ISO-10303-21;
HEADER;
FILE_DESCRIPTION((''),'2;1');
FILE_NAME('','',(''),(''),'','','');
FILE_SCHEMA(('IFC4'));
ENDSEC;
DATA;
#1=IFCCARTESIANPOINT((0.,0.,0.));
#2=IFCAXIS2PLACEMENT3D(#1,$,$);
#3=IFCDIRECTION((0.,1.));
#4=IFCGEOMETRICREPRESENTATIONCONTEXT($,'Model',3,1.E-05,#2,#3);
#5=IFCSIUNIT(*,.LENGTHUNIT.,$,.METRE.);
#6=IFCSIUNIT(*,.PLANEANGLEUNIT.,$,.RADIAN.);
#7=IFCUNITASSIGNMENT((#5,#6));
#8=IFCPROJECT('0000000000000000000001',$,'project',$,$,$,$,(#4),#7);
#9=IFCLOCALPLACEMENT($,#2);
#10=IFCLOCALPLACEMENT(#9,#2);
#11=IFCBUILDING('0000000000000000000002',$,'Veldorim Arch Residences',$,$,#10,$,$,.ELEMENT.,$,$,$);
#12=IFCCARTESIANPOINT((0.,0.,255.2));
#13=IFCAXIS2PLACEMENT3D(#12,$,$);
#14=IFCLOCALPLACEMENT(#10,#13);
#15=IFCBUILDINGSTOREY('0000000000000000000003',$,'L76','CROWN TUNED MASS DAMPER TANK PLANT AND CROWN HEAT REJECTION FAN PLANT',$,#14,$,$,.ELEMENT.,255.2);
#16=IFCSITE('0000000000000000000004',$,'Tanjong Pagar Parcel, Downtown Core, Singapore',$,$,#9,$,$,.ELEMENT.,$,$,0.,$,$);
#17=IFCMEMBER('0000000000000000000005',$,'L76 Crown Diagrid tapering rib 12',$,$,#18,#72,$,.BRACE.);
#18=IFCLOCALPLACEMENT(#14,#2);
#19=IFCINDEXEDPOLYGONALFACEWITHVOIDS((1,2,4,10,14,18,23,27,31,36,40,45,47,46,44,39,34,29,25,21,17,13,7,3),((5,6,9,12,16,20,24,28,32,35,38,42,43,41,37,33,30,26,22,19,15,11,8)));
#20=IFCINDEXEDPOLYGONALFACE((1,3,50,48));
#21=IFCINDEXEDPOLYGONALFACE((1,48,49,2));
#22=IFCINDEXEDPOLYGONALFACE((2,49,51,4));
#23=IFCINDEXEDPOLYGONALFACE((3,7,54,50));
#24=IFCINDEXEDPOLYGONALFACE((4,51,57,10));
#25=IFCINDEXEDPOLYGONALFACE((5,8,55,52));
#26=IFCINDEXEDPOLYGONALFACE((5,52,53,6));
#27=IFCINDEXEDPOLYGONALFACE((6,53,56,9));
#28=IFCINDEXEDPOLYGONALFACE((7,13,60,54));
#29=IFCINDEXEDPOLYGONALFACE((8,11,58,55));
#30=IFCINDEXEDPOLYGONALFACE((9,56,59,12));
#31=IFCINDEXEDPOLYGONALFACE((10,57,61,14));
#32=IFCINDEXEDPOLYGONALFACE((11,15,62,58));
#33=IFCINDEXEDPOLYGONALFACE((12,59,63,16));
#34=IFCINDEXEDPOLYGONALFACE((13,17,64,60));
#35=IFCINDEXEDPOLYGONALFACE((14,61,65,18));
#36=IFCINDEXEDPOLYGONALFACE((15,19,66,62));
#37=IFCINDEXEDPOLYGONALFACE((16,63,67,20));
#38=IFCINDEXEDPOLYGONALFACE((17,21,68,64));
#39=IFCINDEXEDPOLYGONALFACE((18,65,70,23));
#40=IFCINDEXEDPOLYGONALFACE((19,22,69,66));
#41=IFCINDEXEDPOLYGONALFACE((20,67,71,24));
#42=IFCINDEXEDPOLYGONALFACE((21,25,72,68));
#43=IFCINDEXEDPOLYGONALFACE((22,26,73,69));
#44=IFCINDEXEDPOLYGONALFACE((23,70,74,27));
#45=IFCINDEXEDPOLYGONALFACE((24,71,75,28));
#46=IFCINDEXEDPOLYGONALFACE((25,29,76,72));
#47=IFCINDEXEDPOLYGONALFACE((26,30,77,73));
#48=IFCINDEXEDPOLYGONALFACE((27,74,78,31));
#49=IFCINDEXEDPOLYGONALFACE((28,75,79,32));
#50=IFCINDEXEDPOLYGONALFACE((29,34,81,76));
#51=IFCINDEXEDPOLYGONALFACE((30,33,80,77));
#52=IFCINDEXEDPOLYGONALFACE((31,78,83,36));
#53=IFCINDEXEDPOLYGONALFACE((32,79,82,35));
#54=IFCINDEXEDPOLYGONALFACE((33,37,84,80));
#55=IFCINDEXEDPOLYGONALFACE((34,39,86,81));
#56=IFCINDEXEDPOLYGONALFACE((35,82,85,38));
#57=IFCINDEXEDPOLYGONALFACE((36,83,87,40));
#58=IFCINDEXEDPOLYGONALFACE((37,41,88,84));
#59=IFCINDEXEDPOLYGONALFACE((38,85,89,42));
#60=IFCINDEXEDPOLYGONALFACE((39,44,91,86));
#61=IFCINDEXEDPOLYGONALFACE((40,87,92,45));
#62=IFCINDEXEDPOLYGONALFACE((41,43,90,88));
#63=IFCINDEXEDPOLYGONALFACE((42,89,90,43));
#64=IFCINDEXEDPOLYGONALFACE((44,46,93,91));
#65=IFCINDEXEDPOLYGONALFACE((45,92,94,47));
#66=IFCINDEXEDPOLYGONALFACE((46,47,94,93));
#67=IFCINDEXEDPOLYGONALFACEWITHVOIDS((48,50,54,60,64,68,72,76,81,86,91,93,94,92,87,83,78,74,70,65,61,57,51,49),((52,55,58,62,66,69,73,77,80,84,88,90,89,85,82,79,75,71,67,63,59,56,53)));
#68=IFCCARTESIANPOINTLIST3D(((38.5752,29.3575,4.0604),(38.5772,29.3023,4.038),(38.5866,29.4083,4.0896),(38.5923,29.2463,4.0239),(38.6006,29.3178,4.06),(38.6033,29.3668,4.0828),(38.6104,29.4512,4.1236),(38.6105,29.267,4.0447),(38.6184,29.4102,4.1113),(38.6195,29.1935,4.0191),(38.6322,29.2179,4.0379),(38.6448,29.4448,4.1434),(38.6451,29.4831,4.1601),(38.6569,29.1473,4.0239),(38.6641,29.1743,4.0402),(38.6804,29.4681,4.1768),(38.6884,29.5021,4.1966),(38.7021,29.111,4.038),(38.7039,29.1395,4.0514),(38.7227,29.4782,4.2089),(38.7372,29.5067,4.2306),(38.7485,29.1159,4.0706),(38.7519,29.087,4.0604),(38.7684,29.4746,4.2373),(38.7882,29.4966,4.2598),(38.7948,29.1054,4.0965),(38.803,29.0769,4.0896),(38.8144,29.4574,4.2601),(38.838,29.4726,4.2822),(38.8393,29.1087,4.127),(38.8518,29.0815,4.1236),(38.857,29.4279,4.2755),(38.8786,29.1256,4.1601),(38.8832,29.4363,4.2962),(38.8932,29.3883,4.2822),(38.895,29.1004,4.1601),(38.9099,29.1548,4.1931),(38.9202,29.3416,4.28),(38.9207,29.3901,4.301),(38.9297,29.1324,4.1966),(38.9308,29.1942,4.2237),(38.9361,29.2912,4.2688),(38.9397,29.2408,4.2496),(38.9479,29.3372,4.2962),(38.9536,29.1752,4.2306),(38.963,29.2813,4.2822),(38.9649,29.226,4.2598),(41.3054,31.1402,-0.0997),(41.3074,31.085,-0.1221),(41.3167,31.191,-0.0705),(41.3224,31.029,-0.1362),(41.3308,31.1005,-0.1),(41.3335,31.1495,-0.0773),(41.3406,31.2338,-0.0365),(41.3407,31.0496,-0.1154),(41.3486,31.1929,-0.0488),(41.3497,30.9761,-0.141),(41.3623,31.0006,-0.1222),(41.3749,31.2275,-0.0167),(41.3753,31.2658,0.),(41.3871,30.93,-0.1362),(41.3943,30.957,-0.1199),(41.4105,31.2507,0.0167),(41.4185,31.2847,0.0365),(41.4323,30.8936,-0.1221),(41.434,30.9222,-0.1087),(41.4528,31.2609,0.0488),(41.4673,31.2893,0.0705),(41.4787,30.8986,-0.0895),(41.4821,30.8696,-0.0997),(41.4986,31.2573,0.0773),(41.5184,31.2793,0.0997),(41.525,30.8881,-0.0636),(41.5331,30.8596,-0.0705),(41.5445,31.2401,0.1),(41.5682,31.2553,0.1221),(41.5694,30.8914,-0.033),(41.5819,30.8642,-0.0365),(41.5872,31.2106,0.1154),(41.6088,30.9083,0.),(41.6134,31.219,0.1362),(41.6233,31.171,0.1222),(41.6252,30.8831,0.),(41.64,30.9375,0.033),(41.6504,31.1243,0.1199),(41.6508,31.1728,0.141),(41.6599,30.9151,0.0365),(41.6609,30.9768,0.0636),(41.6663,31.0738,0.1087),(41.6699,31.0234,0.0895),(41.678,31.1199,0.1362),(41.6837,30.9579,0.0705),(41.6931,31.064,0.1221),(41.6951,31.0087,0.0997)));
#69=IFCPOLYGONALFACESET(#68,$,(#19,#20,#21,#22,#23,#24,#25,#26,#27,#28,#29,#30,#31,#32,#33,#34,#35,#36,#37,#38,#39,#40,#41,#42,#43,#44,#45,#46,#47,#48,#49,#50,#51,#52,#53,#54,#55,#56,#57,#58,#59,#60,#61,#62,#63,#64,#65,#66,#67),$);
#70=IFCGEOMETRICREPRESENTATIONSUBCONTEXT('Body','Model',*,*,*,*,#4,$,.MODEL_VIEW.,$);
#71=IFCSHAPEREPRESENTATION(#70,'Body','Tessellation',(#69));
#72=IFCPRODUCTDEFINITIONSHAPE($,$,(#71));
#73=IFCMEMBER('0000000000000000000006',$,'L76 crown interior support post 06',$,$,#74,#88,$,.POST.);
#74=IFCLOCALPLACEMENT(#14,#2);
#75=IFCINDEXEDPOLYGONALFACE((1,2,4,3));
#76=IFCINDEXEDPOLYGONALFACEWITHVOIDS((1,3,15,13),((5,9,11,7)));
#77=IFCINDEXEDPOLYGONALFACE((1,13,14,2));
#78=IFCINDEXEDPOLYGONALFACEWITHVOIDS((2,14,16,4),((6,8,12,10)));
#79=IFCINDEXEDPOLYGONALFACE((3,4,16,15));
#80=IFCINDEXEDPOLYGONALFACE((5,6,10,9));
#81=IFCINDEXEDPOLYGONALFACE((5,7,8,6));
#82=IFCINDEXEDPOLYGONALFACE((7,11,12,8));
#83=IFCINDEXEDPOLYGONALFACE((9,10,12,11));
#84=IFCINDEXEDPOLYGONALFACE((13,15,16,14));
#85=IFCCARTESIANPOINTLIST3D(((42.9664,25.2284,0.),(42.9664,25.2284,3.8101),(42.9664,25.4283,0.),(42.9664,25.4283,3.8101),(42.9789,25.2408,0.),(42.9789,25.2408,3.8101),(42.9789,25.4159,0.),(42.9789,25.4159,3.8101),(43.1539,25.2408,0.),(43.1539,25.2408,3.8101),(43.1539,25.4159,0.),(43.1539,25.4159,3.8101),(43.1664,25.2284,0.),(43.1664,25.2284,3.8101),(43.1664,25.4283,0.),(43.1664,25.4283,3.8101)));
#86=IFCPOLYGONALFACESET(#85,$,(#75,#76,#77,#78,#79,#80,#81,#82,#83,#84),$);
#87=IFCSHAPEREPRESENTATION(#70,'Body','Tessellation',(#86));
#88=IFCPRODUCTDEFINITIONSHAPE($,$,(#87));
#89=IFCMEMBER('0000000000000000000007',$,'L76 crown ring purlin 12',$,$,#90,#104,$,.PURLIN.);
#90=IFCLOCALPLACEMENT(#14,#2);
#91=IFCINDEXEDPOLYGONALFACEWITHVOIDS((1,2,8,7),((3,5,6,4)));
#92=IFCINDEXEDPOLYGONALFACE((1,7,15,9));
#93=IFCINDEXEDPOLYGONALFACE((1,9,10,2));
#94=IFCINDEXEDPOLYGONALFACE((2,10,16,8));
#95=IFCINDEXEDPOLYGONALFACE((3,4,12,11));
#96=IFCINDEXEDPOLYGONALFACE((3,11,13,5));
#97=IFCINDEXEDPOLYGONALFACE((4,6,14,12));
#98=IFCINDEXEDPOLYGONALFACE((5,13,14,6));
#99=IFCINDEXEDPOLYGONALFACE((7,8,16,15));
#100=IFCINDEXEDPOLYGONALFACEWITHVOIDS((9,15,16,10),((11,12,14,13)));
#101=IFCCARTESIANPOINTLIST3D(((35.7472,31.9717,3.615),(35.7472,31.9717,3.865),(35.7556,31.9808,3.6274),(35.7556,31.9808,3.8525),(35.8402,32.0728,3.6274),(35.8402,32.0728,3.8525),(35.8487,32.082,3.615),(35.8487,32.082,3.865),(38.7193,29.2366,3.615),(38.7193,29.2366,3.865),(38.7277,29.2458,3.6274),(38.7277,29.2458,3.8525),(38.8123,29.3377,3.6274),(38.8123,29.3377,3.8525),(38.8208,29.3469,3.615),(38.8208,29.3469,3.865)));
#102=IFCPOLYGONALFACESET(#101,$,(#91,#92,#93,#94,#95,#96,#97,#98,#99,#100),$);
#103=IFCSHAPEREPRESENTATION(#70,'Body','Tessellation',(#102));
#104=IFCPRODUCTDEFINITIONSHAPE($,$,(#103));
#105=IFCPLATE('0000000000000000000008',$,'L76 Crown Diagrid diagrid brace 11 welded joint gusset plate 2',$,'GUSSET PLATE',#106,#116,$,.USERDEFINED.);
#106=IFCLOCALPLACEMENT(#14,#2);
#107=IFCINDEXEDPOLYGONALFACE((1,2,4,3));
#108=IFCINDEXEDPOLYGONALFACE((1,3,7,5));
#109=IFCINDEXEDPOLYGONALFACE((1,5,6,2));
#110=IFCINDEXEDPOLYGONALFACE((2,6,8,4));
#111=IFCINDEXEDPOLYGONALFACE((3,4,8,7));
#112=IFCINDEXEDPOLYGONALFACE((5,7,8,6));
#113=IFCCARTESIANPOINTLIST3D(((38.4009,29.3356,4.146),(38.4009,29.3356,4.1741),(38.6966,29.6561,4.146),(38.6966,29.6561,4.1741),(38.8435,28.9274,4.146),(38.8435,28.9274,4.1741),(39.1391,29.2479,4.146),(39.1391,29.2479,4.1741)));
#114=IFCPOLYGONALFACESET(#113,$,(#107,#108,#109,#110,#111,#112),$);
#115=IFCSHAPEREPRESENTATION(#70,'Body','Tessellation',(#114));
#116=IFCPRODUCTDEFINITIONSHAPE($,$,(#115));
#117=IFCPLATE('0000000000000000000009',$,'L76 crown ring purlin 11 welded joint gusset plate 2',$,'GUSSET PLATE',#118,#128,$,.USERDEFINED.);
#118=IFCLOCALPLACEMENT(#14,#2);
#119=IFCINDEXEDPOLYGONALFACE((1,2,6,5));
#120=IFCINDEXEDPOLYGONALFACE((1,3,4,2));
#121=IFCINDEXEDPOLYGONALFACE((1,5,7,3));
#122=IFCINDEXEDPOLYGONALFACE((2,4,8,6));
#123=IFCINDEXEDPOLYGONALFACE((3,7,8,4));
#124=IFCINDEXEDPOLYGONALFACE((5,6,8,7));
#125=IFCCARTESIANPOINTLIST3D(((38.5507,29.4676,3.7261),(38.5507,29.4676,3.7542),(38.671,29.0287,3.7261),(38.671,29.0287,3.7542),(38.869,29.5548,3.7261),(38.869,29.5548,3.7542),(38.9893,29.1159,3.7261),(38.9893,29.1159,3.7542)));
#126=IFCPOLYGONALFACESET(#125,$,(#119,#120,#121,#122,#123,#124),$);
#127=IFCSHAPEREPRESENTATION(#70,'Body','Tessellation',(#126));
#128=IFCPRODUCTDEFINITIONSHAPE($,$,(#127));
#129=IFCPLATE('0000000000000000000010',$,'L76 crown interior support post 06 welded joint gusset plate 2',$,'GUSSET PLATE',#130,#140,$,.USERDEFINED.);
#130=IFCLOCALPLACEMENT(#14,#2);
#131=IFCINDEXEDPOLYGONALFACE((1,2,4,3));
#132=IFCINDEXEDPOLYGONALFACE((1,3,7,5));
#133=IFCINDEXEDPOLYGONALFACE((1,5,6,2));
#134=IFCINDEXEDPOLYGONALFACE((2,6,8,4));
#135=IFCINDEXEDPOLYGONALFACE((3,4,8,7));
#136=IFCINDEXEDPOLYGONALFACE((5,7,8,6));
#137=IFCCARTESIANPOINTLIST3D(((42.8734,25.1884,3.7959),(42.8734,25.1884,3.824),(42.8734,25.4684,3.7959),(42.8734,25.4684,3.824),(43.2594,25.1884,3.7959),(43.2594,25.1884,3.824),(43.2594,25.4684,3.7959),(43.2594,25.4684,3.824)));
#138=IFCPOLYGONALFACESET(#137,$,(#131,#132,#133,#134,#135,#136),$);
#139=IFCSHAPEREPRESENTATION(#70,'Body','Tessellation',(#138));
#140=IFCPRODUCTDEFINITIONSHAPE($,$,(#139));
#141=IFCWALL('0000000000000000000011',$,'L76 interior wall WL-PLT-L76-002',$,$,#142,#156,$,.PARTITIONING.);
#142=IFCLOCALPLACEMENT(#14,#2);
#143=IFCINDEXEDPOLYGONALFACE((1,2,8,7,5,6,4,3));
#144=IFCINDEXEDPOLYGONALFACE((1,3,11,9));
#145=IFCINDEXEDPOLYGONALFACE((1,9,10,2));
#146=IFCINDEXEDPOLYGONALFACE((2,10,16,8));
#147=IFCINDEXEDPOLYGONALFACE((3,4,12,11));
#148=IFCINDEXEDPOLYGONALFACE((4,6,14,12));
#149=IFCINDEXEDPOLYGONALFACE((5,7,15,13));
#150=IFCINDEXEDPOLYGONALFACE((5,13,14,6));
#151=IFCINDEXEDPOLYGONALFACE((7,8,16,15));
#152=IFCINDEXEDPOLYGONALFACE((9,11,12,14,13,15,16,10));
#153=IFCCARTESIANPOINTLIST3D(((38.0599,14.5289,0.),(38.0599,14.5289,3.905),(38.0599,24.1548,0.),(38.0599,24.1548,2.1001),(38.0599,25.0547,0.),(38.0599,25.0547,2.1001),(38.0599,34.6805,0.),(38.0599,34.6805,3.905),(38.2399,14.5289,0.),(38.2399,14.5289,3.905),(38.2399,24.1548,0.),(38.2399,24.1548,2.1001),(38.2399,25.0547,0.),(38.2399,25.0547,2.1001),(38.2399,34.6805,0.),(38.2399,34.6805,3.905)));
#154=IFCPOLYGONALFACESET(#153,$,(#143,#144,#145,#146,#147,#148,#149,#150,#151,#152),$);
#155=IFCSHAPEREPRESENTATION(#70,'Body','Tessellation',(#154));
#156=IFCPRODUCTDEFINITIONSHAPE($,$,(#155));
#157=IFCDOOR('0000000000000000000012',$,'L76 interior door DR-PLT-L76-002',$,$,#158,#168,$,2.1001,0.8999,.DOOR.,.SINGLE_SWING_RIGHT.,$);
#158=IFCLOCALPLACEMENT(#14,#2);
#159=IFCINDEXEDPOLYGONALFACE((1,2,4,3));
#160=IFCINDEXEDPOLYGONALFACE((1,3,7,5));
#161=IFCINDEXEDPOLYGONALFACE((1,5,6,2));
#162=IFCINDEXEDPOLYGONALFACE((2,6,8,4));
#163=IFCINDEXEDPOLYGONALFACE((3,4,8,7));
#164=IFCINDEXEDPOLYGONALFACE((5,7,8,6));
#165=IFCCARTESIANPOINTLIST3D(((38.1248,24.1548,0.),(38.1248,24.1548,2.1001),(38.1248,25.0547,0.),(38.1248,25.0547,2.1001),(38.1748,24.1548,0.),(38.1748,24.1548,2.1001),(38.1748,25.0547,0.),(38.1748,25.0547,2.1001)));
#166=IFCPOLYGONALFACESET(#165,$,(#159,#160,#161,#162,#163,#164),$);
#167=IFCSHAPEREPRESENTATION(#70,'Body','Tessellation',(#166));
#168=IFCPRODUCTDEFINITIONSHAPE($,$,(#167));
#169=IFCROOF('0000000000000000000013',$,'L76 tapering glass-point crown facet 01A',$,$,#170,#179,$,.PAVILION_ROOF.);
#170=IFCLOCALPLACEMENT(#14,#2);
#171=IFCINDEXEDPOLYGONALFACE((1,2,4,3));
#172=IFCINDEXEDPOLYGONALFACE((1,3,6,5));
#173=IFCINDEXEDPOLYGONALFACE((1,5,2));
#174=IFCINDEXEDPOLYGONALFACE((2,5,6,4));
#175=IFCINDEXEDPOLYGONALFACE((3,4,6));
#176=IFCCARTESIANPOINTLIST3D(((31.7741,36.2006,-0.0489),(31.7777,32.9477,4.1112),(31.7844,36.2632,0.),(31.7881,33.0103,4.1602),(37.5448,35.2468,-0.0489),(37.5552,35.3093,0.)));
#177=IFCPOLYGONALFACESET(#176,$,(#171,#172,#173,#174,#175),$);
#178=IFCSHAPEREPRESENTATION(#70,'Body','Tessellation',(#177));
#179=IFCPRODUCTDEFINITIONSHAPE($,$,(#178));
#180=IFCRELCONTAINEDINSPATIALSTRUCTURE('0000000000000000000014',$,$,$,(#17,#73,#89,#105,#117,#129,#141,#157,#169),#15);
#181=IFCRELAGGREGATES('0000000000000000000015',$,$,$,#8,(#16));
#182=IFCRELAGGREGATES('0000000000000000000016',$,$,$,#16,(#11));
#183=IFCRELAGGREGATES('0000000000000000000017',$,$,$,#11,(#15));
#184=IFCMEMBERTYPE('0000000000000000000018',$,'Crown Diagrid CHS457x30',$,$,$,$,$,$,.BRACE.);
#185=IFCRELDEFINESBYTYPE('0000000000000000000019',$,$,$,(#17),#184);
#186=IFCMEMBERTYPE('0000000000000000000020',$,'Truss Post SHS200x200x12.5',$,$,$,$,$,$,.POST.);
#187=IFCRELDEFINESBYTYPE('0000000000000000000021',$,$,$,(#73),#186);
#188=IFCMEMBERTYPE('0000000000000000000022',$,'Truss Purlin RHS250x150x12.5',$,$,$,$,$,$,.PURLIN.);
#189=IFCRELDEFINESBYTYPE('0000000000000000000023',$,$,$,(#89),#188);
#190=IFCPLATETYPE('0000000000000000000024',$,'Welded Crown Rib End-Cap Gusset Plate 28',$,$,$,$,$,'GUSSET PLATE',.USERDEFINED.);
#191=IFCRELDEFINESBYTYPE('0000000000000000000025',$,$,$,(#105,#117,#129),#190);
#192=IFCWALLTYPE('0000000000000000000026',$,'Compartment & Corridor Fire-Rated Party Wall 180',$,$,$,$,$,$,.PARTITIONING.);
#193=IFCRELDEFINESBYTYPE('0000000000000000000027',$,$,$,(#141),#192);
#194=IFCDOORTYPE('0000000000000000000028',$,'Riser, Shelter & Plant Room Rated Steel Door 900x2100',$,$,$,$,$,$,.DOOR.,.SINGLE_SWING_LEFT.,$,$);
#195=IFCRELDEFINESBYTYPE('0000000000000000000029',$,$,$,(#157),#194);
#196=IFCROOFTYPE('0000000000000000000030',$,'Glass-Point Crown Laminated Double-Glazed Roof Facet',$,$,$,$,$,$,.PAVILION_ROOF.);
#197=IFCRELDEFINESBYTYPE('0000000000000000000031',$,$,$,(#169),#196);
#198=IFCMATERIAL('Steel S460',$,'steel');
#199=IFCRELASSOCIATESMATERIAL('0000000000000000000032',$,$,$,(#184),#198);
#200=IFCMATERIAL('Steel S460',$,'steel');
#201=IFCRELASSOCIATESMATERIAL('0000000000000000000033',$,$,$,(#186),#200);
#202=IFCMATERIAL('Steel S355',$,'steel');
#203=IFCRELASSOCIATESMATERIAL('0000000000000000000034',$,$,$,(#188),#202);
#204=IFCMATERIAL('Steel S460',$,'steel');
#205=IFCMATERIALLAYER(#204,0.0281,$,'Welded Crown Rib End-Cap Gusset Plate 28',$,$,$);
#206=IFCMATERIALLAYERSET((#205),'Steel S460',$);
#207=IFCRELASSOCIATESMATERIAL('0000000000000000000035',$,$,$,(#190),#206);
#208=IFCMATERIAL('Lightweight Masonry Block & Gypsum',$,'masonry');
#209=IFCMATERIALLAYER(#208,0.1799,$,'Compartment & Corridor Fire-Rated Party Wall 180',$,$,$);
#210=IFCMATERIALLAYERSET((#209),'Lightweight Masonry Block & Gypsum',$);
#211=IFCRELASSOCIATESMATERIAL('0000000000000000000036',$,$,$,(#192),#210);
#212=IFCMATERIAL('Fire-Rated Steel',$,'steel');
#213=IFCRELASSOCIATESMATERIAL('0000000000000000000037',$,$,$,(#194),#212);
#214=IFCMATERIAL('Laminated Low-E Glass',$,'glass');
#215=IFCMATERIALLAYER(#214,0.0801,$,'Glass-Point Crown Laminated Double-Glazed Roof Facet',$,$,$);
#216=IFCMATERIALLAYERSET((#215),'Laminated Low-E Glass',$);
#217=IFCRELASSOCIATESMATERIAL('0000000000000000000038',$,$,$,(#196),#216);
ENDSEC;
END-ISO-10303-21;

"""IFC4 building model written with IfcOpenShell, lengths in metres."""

from ifc_helpers import new_model, si_unit, direction, frame, frame_2d, origin, origin_2d, place, context, subcontext, project, spatial, polyline, rectangle, hollow_rectangle, hollow_circle, outline, extrude, material, layer, layer_set, material_profile, profile_set, type_object, element, fill, save


model = new_model("IFC4")

# Units and contexts
model_context = context("Model", 3, precision=1e-05, world=origin(), true_north=direction((0.0, 1.0)))
body_context = subcontext(model_context, "Body", "Model", "MODEL_VIEW")
ifc_project = project(units=[si_unit("LENGTHUNIT", "METRE"), si_unit("PLANEANGLEUNIT", "RADIAN")], contexts=[model_context])

# Site, building, storey
site_placement = place(None, origin())
site = spatial("IfcSite", under=ifc_project, at=site_placement, Name="Tanjong Pagar Parcel, Downtown Core, Singapore", CompositionType="ELEMENT", RefElevation=0.0)
building_placement = place(site_placement, origin())
building = spatial("IfcBuilding", under=site, at=building_placement, Name="Veldorim Arch Residences", CompositionType="ELEMENT")
storey_placement = place(building_placement, frame((0.0, 0.0, 255.2)))
storey = spatial("IfcBuildingStorey", under=building, at=storey_placement, Name="L76", Description="CROWN TUNED MASS DAMPER TANK PLANT AND CROWN HEAT REJECTION FAN PLANT", CompositionType="ELEMENT", Elevation=255.2)

# Members
ifc_material_1 = material(Name="Steel S460", Category="steel")
ifc_material_profile_1 = material_profile(ifc_material_1, hollow_circle(Radius=0.2285, WallThickness=0.03, at=origin_2d()), Name="CHS457x30")
ifc_profile_set_1 = profile_set([ifc_material_profile_1], Name="Steel S460")
member_type_1 = type_object("IfcMemberType", Name="Crown Diagrid CHS457x30", PredefinedType="BRACE", material=ifc_profile_set_1)
member_1_placement = place(storey_placement, frame((41.5002, 31.0745, 0.0), z_axis=(-0.516526, -0.337268, 0.787052), x_axis=(0.546727, -0.837311, 0.0)))
element("IfcMember", 1, at=member_1_placement, inside=storey, type_object=member_type_1, Name="L76 Crown Diagrid tapering rib 12", PredefinedType="BRACE", context=body_context, shape_type="SweptSolid", body=[
    extrude(hollow_circle(Radius=0.2285, WallThickness=0.03, at=origin_2d()), origin(), (0.0, 0.0, 1.0), 5.2856),
])
ifc_material_2 = material(Name="Steel S460", Category="steel")
ifc_material_profile_2 = material_profile(ifc_material_2, hollow_rectangle(XDim=0.2, YDim=0.2, WallThickness=0.0125, at=origin_2d()), Name="SHS200x200x12.5")
ifc_profile_set_2 = profile_set([ifc_material_profile_2], Name="Steel S460")
member_type_2 = type_object("IfcMemberType", Name="Truss Post SHS200x200x12.5", PredefinedType="POST", material=ifc_profile_set_2)
member_2_placement = place(storey_placement, frame((43.0664, 25.3284, 0.0), z_axis=(0.0, 0.0, 1.0), x_axis=(1.0, 0.0, 0.0)))
element("IfcMember", 2, at=member_2_placement, inside=storey, type_object=member_type_2, Name="L76 crown interior support post 06", PredefinedType="POST", context=body_context, shape_type="SweptSolid", body=[
    extrude(hollow_rectangle(XDim=0.2, YDim=0.2, WallThickness=0.0125, at=origin_2d()), origin(), (0.0, 0.0, 1.0), 3.8101),
])
ifc_material_3 = material(Name="Steel S355", Category="steel")
ifc_material_profile_3 = material_profile(ifc_material_3, hollow_rectangle(XDim=0.1499, YDim=0.25, WallThickness=0.0125, at=origin_2d()), Name="RHS250x150x12.5")
ifc_profile_set_3 = profile_set([ifc_material_profile_3], Name="Steel S355")
member_type_3 = type_object("IfcMemberType", Name="Truss Purlin RHS250x150x12.5", PredefinedType="PURLIN", material=ifc_profile_set_3)
member_3_placement = place(storey_placement, frame((38.77, 29.2917, 3.74), z_axis=(-0.735843, 0.677152, 0.0), x_axis=(-0.677152, -0.735843, 0.0)))
element("IfcMember", 3, at=member_3_placement, inside=storey, type_object=member_type_3, Name="L76 crown ring purlin 12", PredefinedType="PURLIN", context=body_context, shape_type="SweptSolid", body=[
    extrude(hollow_rectangle(XDim=0.1499, YDim=0.25, WallThickness=0.0125, at=origin_2d()), origin(), (0.0, 0.0, 1.0), 4.0391),
])

# Plates
ifc_material_4 = material(Name="Steel S460", Category="steel")
ifc_layer_1 = layer(ifc_material_4, 0.0281, Name="Welded Crown Rib End-Cap Gusset Plate 28")
ifc_layer_set_1 = layer_set([ifc_layer_1], Name="Steel S460")
plate_type = type_object("IfcPlateType", Name="Welded Crown Rib End-Cap Gusset Plate 28", ElementType="GUSSET PLATE", PredefinedType="USERDEFINED", material=ifc_layer_set_1)
plate_1_placement = place(storey_placement, frame((38.77, 29.2917, 4.146), z_axis=(0.0, 0.0, 1.0), x_axis=(-0.735021, 0.678044, 0.0)))
element("IfcPlate", 4, at=plate_1_placement, inside=storey, type_object=plate_type, Name="L76 Crown Diagrid diagrid brace 11 welded joint gusset plate 2", ObjectType="GUSSET PLATE", PredefinedType="USERDEFINED", context=body_context, shape_type="SweptSolid", body=[
    extrude(rectangle(XDim=0.6021, YDim=0.436, at=origin_2d()), origin(), (0.0, 0.0, 1.0), 0.0281),
])
plate_2_placement = place(storey_placement, frame((38.77, 29.2917, 3.7261), z_axis=(0.0, 0.0, 1.0), x_axis=(-0.264328, 0.964433, 0.0)))
element("IfcPlate", 5, at=plate_2_placement, inside=storey, type_object=plate_type, Name="L76 crown ring purlin 11 welded joint gusset plate 2", ObjectType="GUSSET PLATE", PredefinedType="USERDEFINED", context=body_context, shape_type="SweptSolid", body=[
    extrude(rectangle(XDim=0.4551, YDim=0.3301, at=origin_2d()), origin(), (0.0, 0.0, 1.0), 0.0281),
])
plate_3_placement = place(storey_placement, frame((43.0664, 25.3284, 3.7959), z_axis=(0.0, 0.0, 1.0), x_axis=(1.0, 0.0, 0.0)))
element("IfcPlate", 6, at=plate_3_placement, inside=storey, type_object=plate_type, Name="L76 crown interior support post 06 welded joint gusset plate 2", ObjectType="GUSSET PLATE", PredefinedType="USERDEFINED", context=body_context, shape_type="SweptSolid", body=[
    extrude(rectangle(XDim=0.386, YDim=0.28, at=origin_2d()), origin(), (0.0, 0.0, 1.0), 0.0281),
])

# Wall, opening, door
ifc_material_5 = material(Name="Lightweight Masonry Block & Gypsum", Category="masonry")
ifc_layer_2 = layer(ifc_material_5, 0.1799, Name="Compartment & Corridor Fire-Rated Party Wall 180")
ifc_layer_set_2 = layer_set([ifc_layer_2], Name="Lightweight Masonry Block & Gypsum")
wall_type = type_object("IfcWallType", Name="Compartment & Corridor Fire-Rated Party Wall 180", PredefinedType="PARTITIONING", material=ifc_layer_set_2)
wall_placement = place(storey_placement, frame((38.1499, 34.6804, 0.0), z_axis=(0.0, 0.0, 1.0), x_axis=(0.0, -1.0, 0.0)))
wall = element("IfcWall", 7, at=wall_placement, inside=storey, type_object=wall_type, Name="L76 interior wall WL-PLT-L76-002", PredefinedType="PARTITIONING", context=body_context, shape_type="SweptSolid", body=[
    extrude(rectangle(XDim=20.1516, YDim=0.1799, at=frame_2d((10.0757, 0.0))), origin(), (0.0, 0.0, 1.0), 3.905),
])
opening_placement = place(wall_placement, frame((9.6257, 0.0, 0.0)))
opening = element("IfcOpeningElement", 8, at=opening_placement, cuts=wall, PredefinedType="OPENING", context=body_context, shape_type="SweptSolid", body=[
    extrude(rectangle(XDim=0.8999, YDim=2.1001, at=frame_2d((0.45, 1.05))), frame((0.0, 0.0999, 0.0), z_axis=(0.0, -1.0, 0.0), x_axis=(1.0, 0.0, 0.0)), (0.0, 0.0, 1.0), 0.2),
])
ifc_material_6 = material(Name="Fire-Rated Steel", Category="steel")
door_type = type_object("IfcDoorType", Name="Riser, Shelter & Plant Room Rated Steel Door 900x2100", OperationType="SINGLE_SWING_LEFT", PredefinedType="DOOR", material=ifc_material_6)
door_placement = place(opening_placement, origin())
door = element("IfcDoor", 9, at=door_placement, inside=storey, type_object=door_type, Name="L76 interior door DR-PLT-L76-002", OperationType="SINGLE_SWING_RIGHT", OverallHeight=2.1001, OverallWidth=0.8999, PredefinedType="DOOR", context=body_context, shape_type="SweptSolid", body=[
    extrude(rectangle(XDim=0.8999, YDim=2.1001, at=frame_2d((0.45, 1.05))), frame((0.0, 0.0249, 0.0), z_axis=(0.0, -1.0, 0.0), x_axis=(1.0, 0.0, 0.0)), (0.0, 0.0, 1.0), 0.05),
])
fill(opening, door)

# Roof
ifc_material_7 = material(Name="Laminated Low-E Glass", Category="glass")
ifc_layer_3 = layer(ifc_material_7, 0.0801, Name="Glass-Point Crown Laminated Double-Glazed Roof Facet")
ifc_layer_set_3 = layer_set([ifc_layer_3], Name="Laminated Low-E Glass")
roof_type = type_object("IfcRoofType", Name="Glass-Point Crown Laminated Double-Glazed Roof Facet", PredefinedType="PAVILION_ROOF", material=ifc_layer_set_3)
roof_1_placement = place(storey_placement, frame((37.5552, 35.3093, 0.0), z_axis=(0.12913, 0.781226, 0.610746), x_axis=(-0.986613, 0.163079, 0.0)))
element("IfcRoof", 10, at=roof_1_placement, inside=storey, type_object=roof_type, Name="L76 tapering glass-point crown facet 01A", PredefinedType="PAVILION_ROOF", context=body_context, shape_type="SweptSolid", body=[
    extrude(outline(polyline([(0.0, 0.0), (5.8491, 0.0), (5.315, 5.2539), (0.0, 0.0)])), origin(), (0.0, 0.0, -1.0), 0.0801),
])

save(model, "model.ifc")
